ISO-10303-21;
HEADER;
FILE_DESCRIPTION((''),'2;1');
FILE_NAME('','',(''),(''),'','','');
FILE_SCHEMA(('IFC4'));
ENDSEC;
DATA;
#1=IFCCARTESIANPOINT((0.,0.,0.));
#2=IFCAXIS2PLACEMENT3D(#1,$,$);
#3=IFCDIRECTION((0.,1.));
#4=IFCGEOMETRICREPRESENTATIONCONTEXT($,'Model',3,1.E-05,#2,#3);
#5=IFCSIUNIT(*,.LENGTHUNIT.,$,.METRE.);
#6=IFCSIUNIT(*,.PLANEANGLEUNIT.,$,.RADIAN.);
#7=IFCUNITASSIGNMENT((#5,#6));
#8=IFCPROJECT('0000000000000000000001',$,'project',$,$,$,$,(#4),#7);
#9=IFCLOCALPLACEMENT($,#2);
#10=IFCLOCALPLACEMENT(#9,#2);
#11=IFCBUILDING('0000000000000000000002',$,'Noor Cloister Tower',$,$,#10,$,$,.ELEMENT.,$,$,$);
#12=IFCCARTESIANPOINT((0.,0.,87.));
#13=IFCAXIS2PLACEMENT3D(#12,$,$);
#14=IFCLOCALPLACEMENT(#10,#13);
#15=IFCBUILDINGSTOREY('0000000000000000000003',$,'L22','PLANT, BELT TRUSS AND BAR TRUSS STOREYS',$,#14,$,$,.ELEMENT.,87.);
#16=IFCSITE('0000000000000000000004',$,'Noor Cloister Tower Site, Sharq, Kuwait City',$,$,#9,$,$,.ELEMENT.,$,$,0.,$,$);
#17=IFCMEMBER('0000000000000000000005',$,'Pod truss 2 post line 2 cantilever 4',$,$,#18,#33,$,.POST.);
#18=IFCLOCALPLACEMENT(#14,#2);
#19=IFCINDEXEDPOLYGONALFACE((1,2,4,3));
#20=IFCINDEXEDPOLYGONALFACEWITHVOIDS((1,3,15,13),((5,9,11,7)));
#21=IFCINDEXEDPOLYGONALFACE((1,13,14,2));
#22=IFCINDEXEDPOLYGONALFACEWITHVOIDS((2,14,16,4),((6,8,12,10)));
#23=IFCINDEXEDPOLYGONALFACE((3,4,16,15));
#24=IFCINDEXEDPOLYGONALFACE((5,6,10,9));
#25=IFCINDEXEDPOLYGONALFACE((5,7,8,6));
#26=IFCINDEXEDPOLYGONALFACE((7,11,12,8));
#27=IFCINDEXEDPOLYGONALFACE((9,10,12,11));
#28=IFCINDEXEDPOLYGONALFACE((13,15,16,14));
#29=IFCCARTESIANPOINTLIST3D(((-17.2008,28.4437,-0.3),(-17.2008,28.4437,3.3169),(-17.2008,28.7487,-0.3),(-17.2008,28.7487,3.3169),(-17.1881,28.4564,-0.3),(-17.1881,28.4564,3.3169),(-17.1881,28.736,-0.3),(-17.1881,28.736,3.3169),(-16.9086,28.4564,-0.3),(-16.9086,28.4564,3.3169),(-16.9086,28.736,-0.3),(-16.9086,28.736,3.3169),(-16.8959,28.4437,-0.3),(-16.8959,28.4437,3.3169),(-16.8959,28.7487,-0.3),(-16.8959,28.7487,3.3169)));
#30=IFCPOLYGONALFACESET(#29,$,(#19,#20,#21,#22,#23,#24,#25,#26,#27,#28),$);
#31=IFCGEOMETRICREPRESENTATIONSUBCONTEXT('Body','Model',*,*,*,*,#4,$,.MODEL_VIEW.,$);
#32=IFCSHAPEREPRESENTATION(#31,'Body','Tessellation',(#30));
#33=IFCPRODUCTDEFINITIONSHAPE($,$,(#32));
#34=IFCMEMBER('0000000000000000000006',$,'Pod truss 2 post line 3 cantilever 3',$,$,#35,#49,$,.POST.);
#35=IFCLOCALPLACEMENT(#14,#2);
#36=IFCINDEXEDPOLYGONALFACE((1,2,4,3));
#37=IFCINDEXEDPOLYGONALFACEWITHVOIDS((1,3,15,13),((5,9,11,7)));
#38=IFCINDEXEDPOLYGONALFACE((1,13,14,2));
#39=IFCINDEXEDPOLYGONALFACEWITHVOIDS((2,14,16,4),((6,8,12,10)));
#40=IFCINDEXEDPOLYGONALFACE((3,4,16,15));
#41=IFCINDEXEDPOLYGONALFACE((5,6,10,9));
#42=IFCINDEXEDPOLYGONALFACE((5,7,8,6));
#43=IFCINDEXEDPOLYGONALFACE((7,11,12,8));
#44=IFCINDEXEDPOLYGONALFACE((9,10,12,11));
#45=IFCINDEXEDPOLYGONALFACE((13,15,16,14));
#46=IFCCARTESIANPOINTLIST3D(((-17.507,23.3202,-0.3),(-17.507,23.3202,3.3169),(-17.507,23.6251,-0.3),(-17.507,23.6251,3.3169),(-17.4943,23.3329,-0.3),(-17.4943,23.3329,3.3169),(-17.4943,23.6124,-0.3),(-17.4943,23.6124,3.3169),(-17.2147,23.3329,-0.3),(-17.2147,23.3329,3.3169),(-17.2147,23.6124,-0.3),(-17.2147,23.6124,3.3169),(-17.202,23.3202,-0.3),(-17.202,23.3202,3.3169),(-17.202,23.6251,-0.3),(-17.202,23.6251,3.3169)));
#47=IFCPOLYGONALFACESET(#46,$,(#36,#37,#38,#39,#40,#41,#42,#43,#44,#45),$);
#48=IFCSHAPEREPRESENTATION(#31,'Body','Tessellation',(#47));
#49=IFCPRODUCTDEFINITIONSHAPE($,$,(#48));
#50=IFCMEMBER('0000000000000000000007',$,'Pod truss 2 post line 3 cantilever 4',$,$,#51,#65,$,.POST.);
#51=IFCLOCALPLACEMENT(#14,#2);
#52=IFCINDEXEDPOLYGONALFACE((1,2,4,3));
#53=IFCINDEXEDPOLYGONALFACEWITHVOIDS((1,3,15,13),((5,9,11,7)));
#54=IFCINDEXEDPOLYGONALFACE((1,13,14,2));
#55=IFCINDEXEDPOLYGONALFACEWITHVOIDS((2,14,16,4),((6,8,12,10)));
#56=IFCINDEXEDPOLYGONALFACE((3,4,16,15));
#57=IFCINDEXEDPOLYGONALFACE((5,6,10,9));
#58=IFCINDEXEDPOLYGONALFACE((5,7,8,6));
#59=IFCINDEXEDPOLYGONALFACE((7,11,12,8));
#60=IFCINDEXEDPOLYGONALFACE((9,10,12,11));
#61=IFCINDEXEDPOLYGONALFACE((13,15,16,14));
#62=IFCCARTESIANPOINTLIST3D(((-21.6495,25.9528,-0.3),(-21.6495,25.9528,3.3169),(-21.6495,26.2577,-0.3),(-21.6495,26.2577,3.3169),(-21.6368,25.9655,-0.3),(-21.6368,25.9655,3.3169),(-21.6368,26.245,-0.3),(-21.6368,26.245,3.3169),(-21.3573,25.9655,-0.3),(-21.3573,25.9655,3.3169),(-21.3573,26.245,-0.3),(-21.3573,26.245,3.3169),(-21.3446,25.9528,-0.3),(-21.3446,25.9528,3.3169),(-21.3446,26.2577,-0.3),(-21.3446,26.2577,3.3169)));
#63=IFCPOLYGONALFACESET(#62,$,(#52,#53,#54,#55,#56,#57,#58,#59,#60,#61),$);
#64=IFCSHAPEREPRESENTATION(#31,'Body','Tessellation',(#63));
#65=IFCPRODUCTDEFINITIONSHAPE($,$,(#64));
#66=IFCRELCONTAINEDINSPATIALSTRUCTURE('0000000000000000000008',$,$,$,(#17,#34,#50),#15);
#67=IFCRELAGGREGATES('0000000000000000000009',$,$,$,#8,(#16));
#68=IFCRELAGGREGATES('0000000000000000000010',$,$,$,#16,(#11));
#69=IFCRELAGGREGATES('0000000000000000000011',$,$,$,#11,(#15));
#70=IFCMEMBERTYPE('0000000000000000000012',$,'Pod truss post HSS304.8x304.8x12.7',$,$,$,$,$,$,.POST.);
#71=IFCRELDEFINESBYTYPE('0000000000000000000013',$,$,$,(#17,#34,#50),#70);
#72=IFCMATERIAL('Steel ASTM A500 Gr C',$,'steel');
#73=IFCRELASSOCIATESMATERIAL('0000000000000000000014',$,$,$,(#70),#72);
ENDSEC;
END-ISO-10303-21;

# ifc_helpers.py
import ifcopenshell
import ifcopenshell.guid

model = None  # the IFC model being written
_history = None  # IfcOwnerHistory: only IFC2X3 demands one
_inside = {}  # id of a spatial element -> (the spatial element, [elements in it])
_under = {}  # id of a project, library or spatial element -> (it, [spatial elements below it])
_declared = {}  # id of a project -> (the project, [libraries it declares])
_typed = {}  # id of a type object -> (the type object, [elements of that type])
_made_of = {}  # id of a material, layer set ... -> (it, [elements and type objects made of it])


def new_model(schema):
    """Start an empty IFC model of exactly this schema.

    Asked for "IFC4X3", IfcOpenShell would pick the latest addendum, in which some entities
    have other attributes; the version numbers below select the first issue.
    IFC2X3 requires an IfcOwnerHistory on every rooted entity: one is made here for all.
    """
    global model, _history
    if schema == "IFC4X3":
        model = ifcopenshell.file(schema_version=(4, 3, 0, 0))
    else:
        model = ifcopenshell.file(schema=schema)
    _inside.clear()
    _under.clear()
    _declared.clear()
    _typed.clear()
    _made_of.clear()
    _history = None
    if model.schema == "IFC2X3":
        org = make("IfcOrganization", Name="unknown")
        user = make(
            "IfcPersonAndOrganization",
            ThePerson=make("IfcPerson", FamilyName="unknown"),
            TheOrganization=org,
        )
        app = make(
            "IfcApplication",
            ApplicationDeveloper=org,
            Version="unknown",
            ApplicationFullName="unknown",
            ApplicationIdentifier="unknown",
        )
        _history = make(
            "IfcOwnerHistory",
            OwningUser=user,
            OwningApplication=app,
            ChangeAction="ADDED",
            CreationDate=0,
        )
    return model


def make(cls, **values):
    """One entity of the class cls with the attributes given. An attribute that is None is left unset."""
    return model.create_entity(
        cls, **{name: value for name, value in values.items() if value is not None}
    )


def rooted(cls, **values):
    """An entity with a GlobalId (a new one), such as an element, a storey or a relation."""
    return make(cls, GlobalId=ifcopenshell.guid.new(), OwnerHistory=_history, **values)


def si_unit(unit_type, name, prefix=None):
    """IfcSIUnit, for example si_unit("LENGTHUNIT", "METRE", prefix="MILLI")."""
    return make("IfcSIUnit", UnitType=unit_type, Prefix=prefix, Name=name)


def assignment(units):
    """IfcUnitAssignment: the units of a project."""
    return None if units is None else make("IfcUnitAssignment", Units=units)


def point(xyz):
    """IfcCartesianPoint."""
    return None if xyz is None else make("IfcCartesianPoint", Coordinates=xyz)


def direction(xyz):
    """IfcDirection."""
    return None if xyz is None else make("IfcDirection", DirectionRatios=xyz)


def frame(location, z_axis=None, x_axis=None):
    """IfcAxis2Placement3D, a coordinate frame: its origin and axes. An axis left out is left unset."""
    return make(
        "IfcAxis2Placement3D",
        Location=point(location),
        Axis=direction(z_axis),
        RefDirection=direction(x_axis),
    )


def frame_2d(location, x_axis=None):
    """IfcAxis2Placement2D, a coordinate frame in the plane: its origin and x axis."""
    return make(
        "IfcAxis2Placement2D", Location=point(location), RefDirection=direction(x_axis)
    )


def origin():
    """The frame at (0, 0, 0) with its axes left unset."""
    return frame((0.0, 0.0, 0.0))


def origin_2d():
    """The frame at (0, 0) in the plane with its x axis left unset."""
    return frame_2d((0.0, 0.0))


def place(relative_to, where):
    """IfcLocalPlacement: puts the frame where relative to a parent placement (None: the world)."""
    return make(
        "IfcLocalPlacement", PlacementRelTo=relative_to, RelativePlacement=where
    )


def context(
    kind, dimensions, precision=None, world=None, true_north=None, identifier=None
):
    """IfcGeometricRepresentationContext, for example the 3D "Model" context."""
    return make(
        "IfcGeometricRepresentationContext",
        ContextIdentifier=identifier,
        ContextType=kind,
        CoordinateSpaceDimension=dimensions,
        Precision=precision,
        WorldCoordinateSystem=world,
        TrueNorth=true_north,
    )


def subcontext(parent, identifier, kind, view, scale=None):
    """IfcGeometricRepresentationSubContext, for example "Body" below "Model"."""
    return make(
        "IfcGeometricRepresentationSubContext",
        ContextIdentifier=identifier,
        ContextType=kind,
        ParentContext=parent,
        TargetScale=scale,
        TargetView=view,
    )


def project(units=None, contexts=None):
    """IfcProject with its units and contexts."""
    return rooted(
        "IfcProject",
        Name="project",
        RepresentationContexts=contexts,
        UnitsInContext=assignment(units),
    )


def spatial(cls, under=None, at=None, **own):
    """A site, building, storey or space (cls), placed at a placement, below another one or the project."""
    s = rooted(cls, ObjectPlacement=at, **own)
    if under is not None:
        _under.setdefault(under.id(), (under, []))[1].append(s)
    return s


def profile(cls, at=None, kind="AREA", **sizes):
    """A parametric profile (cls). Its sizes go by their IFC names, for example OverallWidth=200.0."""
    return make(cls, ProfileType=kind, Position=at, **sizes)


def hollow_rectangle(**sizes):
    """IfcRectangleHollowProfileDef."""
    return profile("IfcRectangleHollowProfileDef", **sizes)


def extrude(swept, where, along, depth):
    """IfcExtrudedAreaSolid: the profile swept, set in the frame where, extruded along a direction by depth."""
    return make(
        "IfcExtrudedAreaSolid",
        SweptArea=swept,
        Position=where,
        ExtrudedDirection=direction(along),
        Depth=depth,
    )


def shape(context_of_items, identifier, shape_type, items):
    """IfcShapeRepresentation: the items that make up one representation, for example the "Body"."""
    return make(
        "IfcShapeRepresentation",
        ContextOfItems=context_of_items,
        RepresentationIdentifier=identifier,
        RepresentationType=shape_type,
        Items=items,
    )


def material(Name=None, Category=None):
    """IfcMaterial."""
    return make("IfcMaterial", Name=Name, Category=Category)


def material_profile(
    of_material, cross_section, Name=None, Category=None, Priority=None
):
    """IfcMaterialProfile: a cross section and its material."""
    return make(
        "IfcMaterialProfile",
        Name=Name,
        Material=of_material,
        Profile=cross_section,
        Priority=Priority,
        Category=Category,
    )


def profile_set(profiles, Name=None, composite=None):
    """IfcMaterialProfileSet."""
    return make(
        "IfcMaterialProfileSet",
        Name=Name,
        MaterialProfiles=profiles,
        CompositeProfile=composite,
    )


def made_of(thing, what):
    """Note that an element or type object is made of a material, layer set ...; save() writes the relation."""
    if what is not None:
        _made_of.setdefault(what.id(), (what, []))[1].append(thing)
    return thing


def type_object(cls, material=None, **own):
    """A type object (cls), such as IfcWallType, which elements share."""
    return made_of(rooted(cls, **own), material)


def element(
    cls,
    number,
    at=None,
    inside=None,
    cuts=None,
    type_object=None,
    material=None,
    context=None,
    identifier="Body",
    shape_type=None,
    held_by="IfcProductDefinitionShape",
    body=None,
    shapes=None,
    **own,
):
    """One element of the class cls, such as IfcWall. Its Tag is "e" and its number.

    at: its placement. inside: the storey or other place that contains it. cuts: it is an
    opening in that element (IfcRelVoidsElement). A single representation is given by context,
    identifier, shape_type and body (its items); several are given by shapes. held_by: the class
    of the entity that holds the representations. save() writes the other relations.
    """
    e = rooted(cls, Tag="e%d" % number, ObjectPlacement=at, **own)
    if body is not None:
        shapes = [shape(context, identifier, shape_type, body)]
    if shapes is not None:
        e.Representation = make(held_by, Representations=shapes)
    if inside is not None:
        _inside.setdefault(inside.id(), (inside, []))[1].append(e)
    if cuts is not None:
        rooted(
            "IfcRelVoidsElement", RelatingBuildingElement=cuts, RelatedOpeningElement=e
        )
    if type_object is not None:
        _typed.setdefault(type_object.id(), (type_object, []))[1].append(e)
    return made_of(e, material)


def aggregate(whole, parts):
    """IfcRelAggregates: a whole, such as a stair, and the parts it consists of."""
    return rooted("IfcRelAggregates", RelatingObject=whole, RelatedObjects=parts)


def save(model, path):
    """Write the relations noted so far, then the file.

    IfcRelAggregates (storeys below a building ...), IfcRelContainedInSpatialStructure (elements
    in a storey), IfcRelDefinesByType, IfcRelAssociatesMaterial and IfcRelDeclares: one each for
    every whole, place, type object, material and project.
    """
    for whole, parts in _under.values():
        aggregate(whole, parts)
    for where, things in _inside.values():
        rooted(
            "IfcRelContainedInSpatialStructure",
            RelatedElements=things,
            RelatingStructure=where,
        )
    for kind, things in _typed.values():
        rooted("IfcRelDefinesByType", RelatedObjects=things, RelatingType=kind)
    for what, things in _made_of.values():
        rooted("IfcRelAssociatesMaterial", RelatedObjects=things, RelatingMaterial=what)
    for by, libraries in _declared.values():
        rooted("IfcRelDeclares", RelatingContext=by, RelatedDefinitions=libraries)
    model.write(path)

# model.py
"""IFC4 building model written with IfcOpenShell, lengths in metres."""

from ifc_helpers import new_model, si_unit, direction, frame, origin, origin_2d, place, context, subcontext, project, spatial, hollow_rectangle, extrude, material, material_profile, profile_set, type_object, element, save


model = new_model("IFC4")

# Units and contexts
model_context = context("Model", 3, precision=1e-05, world=origin(), true_north=direction((0.0, 1.0)))
body_context = subcontext(model_context, "Body", "Model", "MODEL_VIEW")
ifc_project = project(units=[si_unit("LENGTHUNIT", "METRE"), si_unit("PLANEANGLEUNIT", "RADIAN")], contexts=[model_context])

# Site, building, storey
site_placement = place(None, origin())
site = spatial("IfcSite", under=ifc_project, at=site_placement, Name="Noor Cloister Tower Site, Sharq, Kuwait City", CompositionType="ELEMENT", RefElevation=0.0)
building_placement = place(site_placement, origin())
building = spatial("IfcBuilding", under=site, at=building_placement, Name="Noor Cloister Tower", CompositionType="ELEMENT")
storey_placement = place(building_placement, frame((0.0, 0.0, 87.0)))
storey = spatial("IfcBuildingStorey", under=building, at=storey_placement, Name="L22", Description="PLANT, BELT TRUSS AND BAR TRUSS STOREYS", CompositionType="ELEMENT", Elevation=87.0)

# Members
ifc_material_1 = material(Name="Steel ASTM A500 Gr C", Category="steel")
ifc_material_profile_1 = material_profile(ifc_material_1, hollow_rectangle(XDim=0.3049, YDim=0.3049, WallThickness=0.0127, at=origin_2d()), Name="HSS304.8x304.8x12.7")
ifc_profile_set_1 = profile_set([ifc_material_profile_1], Name="Steel ASTM A500 Gr C")
member_type_1 = type_object("IfcMemberType", Name="Pod truss post HSS304.8x304.8x12.7", PredefinedType="POST", material=ifc_profile_set_1)
for number, where, z_axis, x_axis, name in (
    (1, (-17.0483, 28.5962, -0.3), (0.0, 0.0, 1.0), (1.0, 0.0, 0.0), "Pod truss 2 post line 2 cantilever 4"),
    (2, (-17.3545, 23.4727, -0.3), (0.0, 0.0, 1.0), (1.0, 0.0, 0.0), "Pod truss 2 post line 3 cantilever 3"),
    (3, (-21.4971, 26.1052, -0.3), (0.0, 0.0, 1.0), (1.0, 0.0, 0.0), "Pod truss 2 post line 3 cantilever 4"),
):
    element("IfcMember", number, at=place(storey_placement, frame(where, z_axis=z_axis, x_axis=x_axis)), inside=storey, type_object=member_type_1, Name=name, PredefinedType="POST", context=body_context, shape_type="SweptSolid", body=[
        extrude(hollow_rectangle(XDim=0.3049, YDim=0.3049, WallThickness=0.0127, at=origin_2d()), origin(), (0.0, 0.0, 1.0), 3.6169),
    ])

save(model, "model.ifc")
